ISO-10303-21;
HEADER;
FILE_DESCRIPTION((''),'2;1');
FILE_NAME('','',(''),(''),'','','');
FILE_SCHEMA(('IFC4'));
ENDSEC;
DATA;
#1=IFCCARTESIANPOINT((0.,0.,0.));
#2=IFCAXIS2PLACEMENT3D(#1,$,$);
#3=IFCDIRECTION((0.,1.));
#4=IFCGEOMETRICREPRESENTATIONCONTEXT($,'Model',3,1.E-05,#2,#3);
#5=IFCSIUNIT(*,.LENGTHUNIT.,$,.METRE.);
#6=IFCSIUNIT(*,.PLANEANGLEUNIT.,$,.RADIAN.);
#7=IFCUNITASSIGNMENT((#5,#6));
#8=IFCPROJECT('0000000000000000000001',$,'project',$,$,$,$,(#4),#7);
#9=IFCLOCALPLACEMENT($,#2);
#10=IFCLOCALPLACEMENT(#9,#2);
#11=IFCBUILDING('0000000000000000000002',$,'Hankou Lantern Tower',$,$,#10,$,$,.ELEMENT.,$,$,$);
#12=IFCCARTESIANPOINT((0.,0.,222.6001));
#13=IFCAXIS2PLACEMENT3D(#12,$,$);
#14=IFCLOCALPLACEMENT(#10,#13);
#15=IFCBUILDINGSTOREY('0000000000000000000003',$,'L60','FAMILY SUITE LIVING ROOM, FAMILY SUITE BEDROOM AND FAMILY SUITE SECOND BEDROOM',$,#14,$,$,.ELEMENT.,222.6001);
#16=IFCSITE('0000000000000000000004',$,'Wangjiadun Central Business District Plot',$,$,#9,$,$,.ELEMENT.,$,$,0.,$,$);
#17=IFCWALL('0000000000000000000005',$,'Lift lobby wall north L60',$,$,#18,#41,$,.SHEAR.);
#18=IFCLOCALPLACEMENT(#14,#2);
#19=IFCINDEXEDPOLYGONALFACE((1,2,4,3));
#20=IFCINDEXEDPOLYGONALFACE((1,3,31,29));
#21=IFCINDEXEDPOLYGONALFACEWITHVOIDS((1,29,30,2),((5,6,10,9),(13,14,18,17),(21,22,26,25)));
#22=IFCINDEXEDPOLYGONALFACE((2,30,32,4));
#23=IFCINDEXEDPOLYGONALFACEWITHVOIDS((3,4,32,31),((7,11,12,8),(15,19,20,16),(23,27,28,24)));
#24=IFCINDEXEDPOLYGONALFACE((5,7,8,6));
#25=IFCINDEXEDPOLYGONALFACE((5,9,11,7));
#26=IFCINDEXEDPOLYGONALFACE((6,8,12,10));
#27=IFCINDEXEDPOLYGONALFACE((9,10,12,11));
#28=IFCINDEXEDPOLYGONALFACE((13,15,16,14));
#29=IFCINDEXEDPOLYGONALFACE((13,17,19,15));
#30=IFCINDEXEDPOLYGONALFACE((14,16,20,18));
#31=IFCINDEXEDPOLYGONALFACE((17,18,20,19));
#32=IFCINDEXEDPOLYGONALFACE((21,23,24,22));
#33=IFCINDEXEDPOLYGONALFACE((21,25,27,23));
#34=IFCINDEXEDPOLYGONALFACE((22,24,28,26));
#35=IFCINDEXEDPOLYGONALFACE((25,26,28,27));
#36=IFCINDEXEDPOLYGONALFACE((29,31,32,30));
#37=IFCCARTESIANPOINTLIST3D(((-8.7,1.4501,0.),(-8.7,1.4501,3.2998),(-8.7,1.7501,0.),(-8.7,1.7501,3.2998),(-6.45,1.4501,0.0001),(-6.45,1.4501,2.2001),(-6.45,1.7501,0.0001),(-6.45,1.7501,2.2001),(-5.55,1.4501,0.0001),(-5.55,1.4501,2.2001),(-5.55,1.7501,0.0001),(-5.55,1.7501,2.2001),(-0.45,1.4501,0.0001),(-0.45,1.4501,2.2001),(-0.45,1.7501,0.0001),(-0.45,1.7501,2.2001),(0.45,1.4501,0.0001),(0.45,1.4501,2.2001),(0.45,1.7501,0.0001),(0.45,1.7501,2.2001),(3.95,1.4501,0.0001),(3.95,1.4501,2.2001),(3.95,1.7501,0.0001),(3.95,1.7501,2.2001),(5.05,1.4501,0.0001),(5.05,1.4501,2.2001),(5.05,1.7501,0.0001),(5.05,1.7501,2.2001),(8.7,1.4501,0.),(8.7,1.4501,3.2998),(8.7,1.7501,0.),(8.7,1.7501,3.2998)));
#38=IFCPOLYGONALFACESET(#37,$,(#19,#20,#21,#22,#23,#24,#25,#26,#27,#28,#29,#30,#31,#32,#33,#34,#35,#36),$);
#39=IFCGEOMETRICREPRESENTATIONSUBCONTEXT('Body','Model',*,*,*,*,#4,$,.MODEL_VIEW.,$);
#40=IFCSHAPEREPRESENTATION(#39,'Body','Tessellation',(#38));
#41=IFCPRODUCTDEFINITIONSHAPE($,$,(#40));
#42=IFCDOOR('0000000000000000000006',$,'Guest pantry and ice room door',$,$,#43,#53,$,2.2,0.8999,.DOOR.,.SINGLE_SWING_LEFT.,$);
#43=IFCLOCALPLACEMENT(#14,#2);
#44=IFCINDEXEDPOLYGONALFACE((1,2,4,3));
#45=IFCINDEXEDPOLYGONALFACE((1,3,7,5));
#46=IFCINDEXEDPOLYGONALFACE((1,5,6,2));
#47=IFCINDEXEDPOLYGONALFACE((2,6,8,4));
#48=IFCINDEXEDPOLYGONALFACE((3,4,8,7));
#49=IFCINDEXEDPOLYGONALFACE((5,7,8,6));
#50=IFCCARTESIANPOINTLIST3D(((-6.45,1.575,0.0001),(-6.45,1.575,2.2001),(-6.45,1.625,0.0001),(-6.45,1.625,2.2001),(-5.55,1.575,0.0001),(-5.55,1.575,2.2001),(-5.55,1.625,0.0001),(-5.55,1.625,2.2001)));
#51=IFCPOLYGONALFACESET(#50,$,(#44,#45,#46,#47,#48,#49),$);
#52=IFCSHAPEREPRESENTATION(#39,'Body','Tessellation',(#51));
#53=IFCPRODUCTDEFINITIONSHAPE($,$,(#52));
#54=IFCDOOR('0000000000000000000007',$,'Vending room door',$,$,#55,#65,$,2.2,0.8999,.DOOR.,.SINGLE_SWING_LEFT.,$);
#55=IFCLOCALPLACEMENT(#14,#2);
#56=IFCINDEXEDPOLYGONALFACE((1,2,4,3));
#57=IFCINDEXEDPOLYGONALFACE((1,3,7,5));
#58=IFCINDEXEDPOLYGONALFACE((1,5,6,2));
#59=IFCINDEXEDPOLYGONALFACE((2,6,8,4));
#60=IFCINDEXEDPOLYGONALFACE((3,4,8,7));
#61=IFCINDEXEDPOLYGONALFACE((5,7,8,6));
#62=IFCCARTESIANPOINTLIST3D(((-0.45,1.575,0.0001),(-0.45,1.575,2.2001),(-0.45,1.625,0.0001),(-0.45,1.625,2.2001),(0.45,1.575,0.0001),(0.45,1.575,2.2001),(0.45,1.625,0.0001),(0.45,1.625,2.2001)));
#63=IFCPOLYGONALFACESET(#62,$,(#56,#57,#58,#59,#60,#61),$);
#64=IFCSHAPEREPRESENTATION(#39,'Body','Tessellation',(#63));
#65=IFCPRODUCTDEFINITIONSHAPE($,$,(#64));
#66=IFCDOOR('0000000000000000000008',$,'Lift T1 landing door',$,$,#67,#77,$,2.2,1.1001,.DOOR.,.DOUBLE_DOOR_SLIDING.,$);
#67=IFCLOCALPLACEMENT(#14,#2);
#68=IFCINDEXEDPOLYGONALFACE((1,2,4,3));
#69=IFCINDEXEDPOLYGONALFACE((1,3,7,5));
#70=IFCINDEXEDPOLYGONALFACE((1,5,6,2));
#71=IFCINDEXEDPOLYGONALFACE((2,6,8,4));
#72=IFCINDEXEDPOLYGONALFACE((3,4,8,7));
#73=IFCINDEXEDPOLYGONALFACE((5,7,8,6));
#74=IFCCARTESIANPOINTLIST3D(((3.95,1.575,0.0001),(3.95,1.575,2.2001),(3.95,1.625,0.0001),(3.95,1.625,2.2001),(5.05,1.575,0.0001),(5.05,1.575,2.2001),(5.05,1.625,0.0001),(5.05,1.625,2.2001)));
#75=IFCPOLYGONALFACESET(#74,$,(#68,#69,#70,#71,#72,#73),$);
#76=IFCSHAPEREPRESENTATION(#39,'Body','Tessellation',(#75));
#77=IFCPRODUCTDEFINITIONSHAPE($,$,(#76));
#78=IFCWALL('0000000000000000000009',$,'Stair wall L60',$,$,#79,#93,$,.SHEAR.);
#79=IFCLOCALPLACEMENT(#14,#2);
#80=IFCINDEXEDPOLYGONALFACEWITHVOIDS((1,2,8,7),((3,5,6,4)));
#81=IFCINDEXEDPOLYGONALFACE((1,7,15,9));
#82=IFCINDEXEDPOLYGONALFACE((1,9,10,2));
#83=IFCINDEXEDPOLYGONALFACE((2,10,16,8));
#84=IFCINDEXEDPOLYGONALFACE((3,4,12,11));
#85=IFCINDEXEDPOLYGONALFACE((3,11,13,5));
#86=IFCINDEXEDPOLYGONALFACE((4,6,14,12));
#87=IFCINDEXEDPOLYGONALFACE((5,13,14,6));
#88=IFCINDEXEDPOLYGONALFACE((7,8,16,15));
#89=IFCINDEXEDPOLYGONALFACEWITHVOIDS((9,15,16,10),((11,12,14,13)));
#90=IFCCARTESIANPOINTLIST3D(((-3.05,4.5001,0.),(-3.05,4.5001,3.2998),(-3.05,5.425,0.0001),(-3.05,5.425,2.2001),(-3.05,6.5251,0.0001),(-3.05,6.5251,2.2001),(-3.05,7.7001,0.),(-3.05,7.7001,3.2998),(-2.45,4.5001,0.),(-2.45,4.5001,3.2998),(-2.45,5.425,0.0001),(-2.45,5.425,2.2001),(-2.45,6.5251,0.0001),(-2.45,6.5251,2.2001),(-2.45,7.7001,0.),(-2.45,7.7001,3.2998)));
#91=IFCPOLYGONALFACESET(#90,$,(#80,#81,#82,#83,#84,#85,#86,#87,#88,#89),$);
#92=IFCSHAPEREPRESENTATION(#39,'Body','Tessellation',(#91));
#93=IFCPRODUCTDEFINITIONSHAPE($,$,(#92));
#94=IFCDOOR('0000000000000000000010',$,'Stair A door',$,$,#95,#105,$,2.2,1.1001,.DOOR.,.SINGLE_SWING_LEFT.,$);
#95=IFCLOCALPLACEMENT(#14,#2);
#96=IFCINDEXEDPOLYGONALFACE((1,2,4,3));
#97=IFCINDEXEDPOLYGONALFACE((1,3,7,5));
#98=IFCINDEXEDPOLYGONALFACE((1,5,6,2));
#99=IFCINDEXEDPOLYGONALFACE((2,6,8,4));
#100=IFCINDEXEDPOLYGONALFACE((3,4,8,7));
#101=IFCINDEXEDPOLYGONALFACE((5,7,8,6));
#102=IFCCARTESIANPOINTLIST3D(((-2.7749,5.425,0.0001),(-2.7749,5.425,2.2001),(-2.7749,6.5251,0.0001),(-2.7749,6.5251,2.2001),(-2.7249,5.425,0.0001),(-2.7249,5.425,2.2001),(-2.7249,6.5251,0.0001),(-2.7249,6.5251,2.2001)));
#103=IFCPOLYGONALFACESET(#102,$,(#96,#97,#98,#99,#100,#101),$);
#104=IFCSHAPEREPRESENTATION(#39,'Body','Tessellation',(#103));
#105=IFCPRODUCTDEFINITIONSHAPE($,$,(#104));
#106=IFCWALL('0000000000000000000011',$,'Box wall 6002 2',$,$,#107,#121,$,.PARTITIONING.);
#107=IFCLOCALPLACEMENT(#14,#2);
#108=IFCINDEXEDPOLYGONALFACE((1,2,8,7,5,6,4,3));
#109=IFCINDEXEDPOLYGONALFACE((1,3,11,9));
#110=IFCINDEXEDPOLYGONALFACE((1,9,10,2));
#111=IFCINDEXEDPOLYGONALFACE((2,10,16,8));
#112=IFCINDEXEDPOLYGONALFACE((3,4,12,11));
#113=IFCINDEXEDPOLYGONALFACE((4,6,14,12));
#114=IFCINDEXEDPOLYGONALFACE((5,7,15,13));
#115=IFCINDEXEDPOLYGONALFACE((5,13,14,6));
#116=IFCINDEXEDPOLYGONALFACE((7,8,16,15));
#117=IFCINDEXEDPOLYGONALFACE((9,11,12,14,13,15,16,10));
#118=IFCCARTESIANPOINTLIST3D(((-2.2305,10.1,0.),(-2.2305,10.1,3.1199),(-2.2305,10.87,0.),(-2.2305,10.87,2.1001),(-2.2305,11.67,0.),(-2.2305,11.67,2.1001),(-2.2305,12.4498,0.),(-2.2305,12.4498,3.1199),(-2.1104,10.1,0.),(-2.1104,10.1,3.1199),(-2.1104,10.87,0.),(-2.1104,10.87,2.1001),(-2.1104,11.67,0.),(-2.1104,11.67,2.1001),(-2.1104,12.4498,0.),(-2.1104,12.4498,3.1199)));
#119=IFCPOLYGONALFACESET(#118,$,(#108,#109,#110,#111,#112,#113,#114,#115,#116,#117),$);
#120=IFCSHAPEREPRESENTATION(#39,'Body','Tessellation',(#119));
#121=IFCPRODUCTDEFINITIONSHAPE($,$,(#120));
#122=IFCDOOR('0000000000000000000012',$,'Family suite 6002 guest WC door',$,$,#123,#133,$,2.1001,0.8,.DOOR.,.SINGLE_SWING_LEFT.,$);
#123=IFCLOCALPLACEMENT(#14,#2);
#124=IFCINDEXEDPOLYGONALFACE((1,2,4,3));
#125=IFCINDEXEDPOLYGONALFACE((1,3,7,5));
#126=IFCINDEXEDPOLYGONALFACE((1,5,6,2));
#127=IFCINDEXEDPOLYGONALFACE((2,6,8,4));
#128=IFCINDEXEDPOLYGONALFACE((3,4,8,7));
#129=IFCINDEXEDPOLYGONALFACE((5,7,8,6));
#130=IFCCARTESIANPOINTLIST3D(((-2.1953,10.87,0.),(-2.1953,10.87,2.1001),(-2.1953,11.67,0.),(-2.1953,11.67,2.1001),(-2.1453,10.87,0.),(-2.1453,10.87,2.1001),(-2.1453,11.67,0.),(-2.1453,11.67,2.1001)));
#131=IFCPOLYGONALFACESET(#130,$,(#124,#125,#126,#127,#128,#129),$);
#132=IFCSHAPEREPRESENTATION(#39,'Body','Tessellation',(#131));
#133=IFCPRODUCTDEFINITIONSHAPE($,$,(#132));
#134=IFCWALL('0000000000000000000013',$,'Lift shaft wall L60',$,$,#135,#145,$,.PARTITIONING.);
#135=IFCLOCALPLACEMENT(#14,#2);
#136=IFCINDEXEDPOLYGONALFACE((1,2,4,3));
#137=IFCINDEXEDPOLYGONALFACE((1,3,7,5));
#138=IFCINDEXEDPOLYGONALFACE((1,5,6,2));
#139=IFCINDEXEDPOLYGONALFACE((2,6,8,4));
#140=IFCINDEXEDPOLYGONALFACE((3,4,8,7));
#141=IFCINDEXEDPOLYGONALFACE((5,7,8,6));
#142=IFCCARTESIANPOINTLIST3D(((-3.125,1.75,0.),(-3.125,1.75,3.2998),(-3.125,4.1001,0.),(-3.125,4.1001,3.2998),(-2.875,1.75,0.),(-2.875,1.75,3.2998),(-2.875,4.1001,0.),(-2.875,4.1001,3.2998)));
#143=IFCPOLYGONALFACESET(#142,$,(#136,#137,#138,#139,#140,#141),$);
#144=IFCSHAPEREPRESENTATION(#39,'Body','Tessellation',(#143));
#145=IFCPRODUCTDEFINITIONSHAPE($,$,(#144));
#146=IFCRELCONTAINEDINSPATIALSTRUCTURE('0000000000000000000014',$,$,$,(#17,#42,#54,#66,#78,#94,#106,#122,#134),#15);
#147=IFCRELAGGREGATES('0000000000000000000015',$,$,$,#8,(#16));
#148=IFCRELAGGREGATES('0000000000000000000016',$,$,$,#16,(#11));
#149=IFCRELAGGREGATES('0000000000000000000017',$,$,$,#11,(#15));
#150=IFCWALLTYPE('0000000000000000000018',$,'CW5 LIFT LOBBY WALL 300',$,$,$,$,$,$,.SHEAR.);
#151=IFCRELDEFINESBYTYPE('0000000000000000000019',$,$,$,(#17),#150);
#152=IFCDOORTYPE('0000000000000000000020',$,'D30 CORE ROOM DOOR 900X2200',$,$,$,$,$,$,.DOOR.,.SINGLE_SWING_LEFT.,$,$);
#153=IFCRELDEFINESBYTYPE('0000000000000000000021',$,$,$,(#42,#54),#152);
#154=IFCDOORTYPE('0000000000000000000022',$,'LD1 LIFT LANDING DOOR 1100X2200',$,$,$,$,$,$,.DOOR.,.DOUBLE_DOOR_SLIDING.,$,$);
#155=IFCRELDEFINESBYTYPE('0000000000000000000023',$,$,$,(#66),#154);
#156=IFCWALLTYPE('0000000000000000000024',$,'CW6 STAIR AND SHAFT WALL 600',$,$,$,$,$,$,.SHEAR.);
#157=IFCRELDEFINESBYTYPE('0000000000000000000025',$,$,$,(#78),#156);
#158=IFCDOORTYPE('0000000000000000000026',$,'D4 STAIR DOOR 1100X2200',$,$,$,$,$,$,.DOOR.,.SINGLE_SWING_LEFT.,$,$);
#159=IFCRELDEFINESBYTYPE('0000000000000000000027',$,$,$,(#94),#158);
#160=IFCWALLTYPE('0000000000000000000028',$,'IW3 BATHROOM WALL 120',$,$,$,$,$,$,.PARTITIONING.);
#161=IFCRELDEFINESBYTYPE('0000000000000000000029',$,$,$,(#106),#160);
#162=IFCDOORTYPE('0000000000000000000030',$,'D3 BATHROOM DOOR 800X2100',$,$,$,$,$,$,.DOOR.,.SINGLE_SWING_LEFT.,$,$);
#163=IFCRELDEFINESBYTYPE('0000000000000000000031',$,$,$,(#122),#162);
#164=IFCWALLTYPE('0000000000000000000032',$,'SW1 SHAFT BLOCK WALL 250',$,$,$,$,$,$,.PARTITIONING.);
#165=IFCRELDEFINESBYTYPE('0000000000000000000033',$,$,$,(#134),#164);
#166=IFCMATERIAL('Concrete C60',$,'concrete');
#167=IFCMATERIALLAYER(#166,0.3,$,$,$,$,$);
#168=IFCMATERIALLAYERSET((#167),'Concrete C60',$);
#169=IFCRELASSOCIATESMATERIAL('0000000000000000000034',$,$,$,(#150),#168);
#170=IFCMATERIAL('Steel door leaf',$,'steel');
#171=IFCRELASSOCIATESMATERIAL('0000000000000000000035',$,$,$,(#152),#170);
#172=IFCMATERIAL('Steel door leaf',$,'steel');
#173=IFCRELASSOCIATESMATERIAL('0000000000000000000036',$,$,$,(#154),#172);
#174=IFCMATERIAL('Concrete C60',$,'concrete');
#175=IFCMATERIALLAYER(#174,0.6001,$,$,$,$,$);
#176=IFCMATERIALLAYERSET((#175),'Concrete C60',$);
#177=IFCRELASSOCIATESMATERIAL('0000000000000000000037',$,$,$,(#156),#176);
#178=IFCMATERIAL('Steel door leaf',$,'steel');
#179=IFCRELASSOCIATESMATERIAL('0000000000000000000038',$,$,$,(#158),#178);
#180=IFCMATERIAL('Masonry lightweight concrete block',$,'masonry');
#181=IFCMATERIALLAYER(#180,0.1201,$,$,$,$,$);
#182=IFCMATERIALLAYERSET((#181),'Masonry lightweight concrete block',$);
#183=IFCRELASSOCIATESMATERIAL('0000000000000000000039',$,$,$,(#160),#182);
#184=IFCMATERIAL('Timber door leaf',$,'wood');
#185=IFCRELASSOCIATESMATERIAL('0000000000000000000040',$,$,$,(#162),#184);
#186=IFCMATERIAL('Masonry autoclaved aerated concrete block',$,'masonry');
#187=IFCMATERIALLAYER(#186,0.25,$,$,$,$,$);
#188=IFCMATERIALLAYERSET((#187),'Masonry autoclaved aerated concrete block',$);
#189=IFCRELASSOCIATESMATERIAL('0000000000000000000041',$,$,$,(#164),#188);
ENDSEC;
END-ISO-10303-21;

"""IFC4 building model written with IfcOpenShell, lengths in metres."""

from ifc_helpers import new_model, si_unit, direction, frame, frame_2d, origin, place, context, subcontext, project, spatial, rectangle, extrude, material, layer, layer_set, type_object, element, fill, save


model = new_model("IFC4")

# Units and contexts
model_context = context("Model", 3, precision=1e-05, world=origin(), true_north=direction((0.0, 1.0)))
body_context = subcontext(model_context, "Body", "Model", "MODEL_VIEW")
ifc_project = project(units=[si_unit("LENGTHUNIT", "METRE"), si_unit("PLANEANGLEUNIT", "RADIAN")], contexts=[model_context])

# Site, building, storey
site_placement = place(None, origin())
site = spatial("IfcSite", under=ifc_project, at=site_placement, Name="Wangjiadun Central Business District Plot", CompositionType="ELEMENT", RefElevation=0.0)
building_placement = place(site_placement, origin())
building = spatial("IfcBuilding", under=site, at=building_placement, Name="Hankou Lantern Tower", CompositionType="ELEMENT")
storey_placement = place(building_placement, frame((0.0, 0.0, 222.6001)))
storey = spatial("IfcBuildingStorey", under=building, at=storey_placement, Name="L60", Description="FAMILY SUITE LIVING ROOM, FAMILY SUITE BEDROOM AND FAMILY SUITE SECOND BEDROOM", CompositionType="ELEMENT", Elevation=222.6001)

# Wall, openings, doors
ifc_material_1 = material(Name="Concrete C60", Category="concrete")
ifc_layer_1 = layer(ifc_material_1, 0.3)
ifc_layer_set_1 = layer_set([ifc_layer_1], Name="Concrete C60")
wall_type_1 = type_object("IfcWallType", Name="CW5 LIFT LOBBY WALL 300", PredefinedType="SHEAR", material=ifc_layer_set_1)
wall_1_placement = place(storey_placement, frame((-8.7, 1.6001, 0.0), z_axis=(0.0, 0.0, 1.0), x_axis=(1.0, 0.0, 0.0)))
wall_1 = element("IfcWall", 1, at=wall_1_placement, inside=storey, type_object=wall_type_1, Name="Lift lobby wall north L60", PredefinedType="SHEAR", context=body_context, shape_type="SweptSolid", body=[
    extrude(rectangle(XDim=17.3999, YDim=0.3, at=frame_2d((8.7, 0.0))), origin(), (0.0, 0.0, 1.0), 3.2998),
])
opening_1_placement = place(wall_1_placement, frame((12.6499, 0.0, 0.0)))
opening_1 = element("IfcOpeningElement", 2, at=opening_1_placement, cuts=wall_1, PredefinedType="OPENING", context=body_context, shape_type="SweptSolid", body=[
    extrude(rectangle(XDim=1.1001, YDim=2.2, at=frame_2d((0.55, 1.1001))), frame((0.0, 0.1599, 0.0), z_axis=(0.0, -1.0, 0.0), x_axis=(1.0, 0.0, 0.0)), (0.0, 0.0, 1.0), 0.3201),
])
opening_2_placement = place(wall_1_placement, frame((2.25, 0.0, 0.0)))
opening_2 = element("IfcOpeningElement", 3, at=opening_2_placement, cuts=wall_1, PredefinedType="OPENING", context=body_context, shape_type="SweptSolid", body=[
    extrude(rectangle(XDim=0.8999, YDim=2.2, at=frame_2d((0.45, 1.1001))), frame((0.0, 0.1599, 0.0), z_axis=(0.0, -1.0, 0.0), x_axis=(1.0, 0.0, 0.0)), (0.0, 0.0, 1.0), 0.3201),
])
opening_3_placement = place(wall_1_placement, frame((8.25, 0.0, 0.0)))
opening_3 = element("IfcOpeningElement", 4, at=opening_3_placement, cuts=wall_1, PredefinedType="OPENING", context=body_context, shape_type="SweptSolid", body=[
    extrude(rectangle(XDim=0.8999, YDim=2.2, at=frame_2d((0.45, 1.1001))), frame((0.0, 0.1599, 0.0), z_axis=(0.0, -1.0, 0.0), x_axis=(1.0, 0.0, 0.0)), (0.0, 0.0, 1.0), 0.3201),
])
ifc_material_2 = material(Name="Steel door leaf", Category="steel")
door_type_1 = type_object("IfcDoorType", Name="D30 CORE ROOM DOOR 900X2200", OperationType="SINGLE_SWING_LEFT", PredefinedType="DOOR", material=ifc_material_2)
door_1_placement = place(opening_2_placement, origin())
door_1 = element("IfcDoor", 5, at=door_1_placement, inside=storey, type_object=door_type_1, Name="Guest pantry and ice room door", OperationType="SINGLE_SWING_LEFT", OverallHeight=2.2, OverallWidth=0.8999, PredefinedType="DOOR", context=body_context, shape_type="SweptSolid", body=[
    extrude(rectangle(XDim=0.8999, YDim=2.2, at=frame_2d((0.45, 1.1001))), frame((0.0, 0.0249, 0.0), z_axis=(0.0, -1.0, 0.0), x_axis=(1.0, 0.0, 0.0)), (0.0, 0.0, 1.0), 0.05),
])
fill(opening_2, door_1)
door_2_placement = place(opening_3_placement, origin())
door_2 = element("IfcDoor", 6, at=door_2_placement, inside=storey, type_object=door_type_1, Name="Vending room door", OperationType="SINGLE_SWING_LEFT", OverallHeight=2.2, OverallWidth=0.8999, PredefinedType="DOOR", context=body_context, shape_type="SweptSolid", body=[
    extrude(rectangle(XDim=0.8999, YDim=2.2, at=frame_2d((0.45, 1.1001))), frame((0.0, 0.0249, 0.0), z_axis=(0.0, -1.0, 0.0), x_axis=(1.0, 0.0, 0.0)), (0.0, 0.0, 1.0), 0.05),
])
fill(opening_3, door_2)
ifc_material_3 = material(Name="Steel door leaf", Category="steel")
door_type_2 = type_object("IfcDoorType", Name="LD1 LIFT LANDING DOOR 1100X2200", OperationType="DOUBLE_DOOR_SLIDING", PredefinedType="DOOR", material=ifc_material_3)
door_3_placement = place(opening_1_placement, origin())
door_3 = element("IfcDoor", 7, at=door_3_placement, inside=storey, type_object=door_type_2, Name="Lift T1 landing door", OperationType="DOUBLE_DOOR_SLIDING", OverallHeight=2.2, OverallWidth=1.1001, PredefinedType="DOOR", context=body_context, shape_type="SweptSolid", body=[
    extrude(rectangle(XDim=1.1001, YDim=2.2, at=frame_2d((0.55, 1.1001))), frame((0.0, 0.0249, 0.0), z_axis=(0.0, -1.0, 0.0), x_axis=(1.0, 0.0, 0.0)), (0.0, 0.0, 1.0), 0.05),
])
fill(opening_1, door_3)

# Walls, openings, doors
ifc_material_4 = material(Name="Concrete C60", Category="concrete")
ifc_layer_2 = layer(ifc_material_4, 0.6001)
ifc_layer_set_2 = layer_set([ifc_layer_2], Name="Concrete C60")
wall_type_2 = type_object("IfcWallType", Name="CW6 STAIR AND SHAFT WALL 600", PredefinedType="SHEAR", material=ifc_layer_set_2)
wall_2_placement = place(storey_placement, frame((-2.75, 4.5, 0.0), z_axis=(0.0, 0.0, 1.0), x_axis=(0.0, 1.0, 0.0)))
wall_2 = element("IfcWall", 8, at=wall_2_placement, inside=storey, type_object=wall_type_2, Name="Stair wall L60", PredefinedType="SHEAR", context=body_context, shape_type="SweptSolid", body=[
    extrude(rectangle(XDim=3.2, YDim=0.6001, at=frame_2d((1.6001, 0.0))), origin(), (0.0, 0.0, 1.0), 3.2998),
])
opening_4_placement = place(wall_2_placement, frame((0.925, 0.0, 0.0)))
opening_4 = element("IfcOpeningElement", 9, at=opening_4_placement, cuts=wall_2, PredefinedType="OPENING", context=body_context, shape_type="SweptSolid", body=[
    extrude(rectangle(XDim=1.1001, YDim=2.2, at=frame_2d((0.55, 1.1001))), frame((0.0, 0.3101, 0.0), z_axis=(0.0, -1.0, 0.0), x_axis=(1.0, 0.0, 0.0)), (0.0, 0.0, 1.0), 0.6201),
])
ifc_material_5 = material(Name="Steel door leaf", Category="steel")
door_type_3 = type_object("IfcDoorType", Name="D4 STAIR DOOR 1100X2200", OperationType="SINGLE_SWING_LEFT", PredefinedType="DOOR", material=ifc_material_5)
door_4_placement = place(opening_4_placement, origin())
door_4 = element("IfcDoor", 10, at=door_4_placement, inside=storey, type_object=door_type_3, Name="Stair A door", OperationType="SINGLE_SWING_LEFT", OverallHeight=2.2, OverallWidth=1.1001, PredefinedType="DOOR", context=body_context, shape_type="SweptSolid", body=[
    extrude(rectangle(XDim=1.1001, YDim=2.2, at=frame_2d((0.55, 1.1001))), frame((0.0, 0.0249, 0.0), z_axis=(0.0, -1.0, 0.0), x_axis=(1.0, 0.0, 0.0)), (0.0, 0.0, 1.0), 0.05),
])
fill(opening_4, door_4)
ifc_material_6 = material(Name="Masonry lightweight concrete block", Category="masonry")
ifc_layer_3 = layer(ifc_material_6, 0.1201)
ifc_layer_set_3 = layer_set([ifc_layer_3], Name="Masonry lightweight concrete block")
wall_type_3 = type_object("IfcWallType", Name="IW3 BATHROOM WALL 120", PredefinedType="PARTITIONING", material=ifc_layer_set_3)
wall_3_placement = place(storey_placement, frame((-2.1704, 10.1001, 0.0), z_axis=(0.0, 0.0, 1.0), x_axis=(0.0, 1.0, 0.0)))
wall_3 = element("IfcWall", 11, at=wall_3_placement, inside=storey, type_object=wall_type_3, Name="Box wall 6002 2", PredefinedType="PARTITIONING", context=body_context, shape_type="SweptSolid", body=[
    extrude(rectangle(XDim=2.3499, YDim=0.1201, at=frame_2d((1.1748, 0.0))), origin(), (0.0, 0.0, 1.0), 3.1199),
])
opening_5_placement = place(wall_3_placement, frame((0.77, 0.0, 0.0)))
opening_5 = element("IfcOpeningElement", 12, at=opening_5_placement, cuts=wall_3, PredefinedType="OPENING", context=body_context, shape_type="SweptSolid", body=[
    extrude(rectangle(XDim=0.8, YDim=2.1001, at=frame_2d((0.3999, 1.05))), frame((0.0, 0.0701, 0.0), z_axis=(0.0, -1.0, 0.0), x_axis=(1.0, 0.0, 0.0)), (0.0, 0.0, 1.0), 0.1401),
])
ifc_material_7 = material(Name="Timber door leaf", Category="wood")
door_type_4 = type_object("IfcDoorType", Name="D3 BATHROOM DOOR 800X2100", OperationType="SINGLE_SWING_LEFT", PredefinedType="DOOR", material=ifc_material_7)
door_5_placement = place(opening_5_placement, origin())
door_5 = element("IfcDoor", 13, at=door_5_placement, inside=storey, type_object=door_type_4, Name="Family suite 6002 guest WC door", OperationType="SINGLE_SWING_LEFT", OverallHeight=2.1001, OverallWidth=0.8, PredefinedType="DOOR", context=body_context, shape_type="SweptSolid", body=[
    extrude(rectangle(XDim=0.8, YDim=2.1001, at=frame_2d((0.3999, 1.05))), frame((0.0, 0.0249, 0.0), z_axis=(0.0, -1.0, 0.0), x_axis=(1.0, 0.0, 0.0)), (0.0, 0.0, 1.0), 0.05),
])
fill(opening_5, door_5)

# Wall
ifc_material_8 = material(Name="Masonry autoclaved aerated concrete block", Category="masonry")
ifc_layer_4 = layer(ifc_material_8, 0.25)
ifc_layer_set_4 = layer_set([ifc_layer_4], Name="Masonry autoclaved aerated concrete block")
wall_type_4 = type_object("IfcWallType", Name="SW1 SHAFT BLOCK WALL 250", PredefinedType="PARTITIONING", material=ifc_layer_set_4)
wall_4_placement = place(storey_placement, frame((-3.0, 1.75, 0.0), z_axis=(0.0, 0.0, 1.0), x_axis=(0.0, 1.0, 0.0)))
element("IfcWall", 14, at=wall_4_placement, inside=storey, type_object=wall_type_4, Name="Lift shaft wall L60", PredefinedType="PARTITIONING", context=body_context, shape_type="SweptSolid", body=[
    extrude(rectangle(XDim=2.3501, YDim=0.25, at=frame_2d((1.175, 0.0))), origin(), (0.0, 0.0, 1.0), 3.2998),
])

save(model, "model.ifc")
